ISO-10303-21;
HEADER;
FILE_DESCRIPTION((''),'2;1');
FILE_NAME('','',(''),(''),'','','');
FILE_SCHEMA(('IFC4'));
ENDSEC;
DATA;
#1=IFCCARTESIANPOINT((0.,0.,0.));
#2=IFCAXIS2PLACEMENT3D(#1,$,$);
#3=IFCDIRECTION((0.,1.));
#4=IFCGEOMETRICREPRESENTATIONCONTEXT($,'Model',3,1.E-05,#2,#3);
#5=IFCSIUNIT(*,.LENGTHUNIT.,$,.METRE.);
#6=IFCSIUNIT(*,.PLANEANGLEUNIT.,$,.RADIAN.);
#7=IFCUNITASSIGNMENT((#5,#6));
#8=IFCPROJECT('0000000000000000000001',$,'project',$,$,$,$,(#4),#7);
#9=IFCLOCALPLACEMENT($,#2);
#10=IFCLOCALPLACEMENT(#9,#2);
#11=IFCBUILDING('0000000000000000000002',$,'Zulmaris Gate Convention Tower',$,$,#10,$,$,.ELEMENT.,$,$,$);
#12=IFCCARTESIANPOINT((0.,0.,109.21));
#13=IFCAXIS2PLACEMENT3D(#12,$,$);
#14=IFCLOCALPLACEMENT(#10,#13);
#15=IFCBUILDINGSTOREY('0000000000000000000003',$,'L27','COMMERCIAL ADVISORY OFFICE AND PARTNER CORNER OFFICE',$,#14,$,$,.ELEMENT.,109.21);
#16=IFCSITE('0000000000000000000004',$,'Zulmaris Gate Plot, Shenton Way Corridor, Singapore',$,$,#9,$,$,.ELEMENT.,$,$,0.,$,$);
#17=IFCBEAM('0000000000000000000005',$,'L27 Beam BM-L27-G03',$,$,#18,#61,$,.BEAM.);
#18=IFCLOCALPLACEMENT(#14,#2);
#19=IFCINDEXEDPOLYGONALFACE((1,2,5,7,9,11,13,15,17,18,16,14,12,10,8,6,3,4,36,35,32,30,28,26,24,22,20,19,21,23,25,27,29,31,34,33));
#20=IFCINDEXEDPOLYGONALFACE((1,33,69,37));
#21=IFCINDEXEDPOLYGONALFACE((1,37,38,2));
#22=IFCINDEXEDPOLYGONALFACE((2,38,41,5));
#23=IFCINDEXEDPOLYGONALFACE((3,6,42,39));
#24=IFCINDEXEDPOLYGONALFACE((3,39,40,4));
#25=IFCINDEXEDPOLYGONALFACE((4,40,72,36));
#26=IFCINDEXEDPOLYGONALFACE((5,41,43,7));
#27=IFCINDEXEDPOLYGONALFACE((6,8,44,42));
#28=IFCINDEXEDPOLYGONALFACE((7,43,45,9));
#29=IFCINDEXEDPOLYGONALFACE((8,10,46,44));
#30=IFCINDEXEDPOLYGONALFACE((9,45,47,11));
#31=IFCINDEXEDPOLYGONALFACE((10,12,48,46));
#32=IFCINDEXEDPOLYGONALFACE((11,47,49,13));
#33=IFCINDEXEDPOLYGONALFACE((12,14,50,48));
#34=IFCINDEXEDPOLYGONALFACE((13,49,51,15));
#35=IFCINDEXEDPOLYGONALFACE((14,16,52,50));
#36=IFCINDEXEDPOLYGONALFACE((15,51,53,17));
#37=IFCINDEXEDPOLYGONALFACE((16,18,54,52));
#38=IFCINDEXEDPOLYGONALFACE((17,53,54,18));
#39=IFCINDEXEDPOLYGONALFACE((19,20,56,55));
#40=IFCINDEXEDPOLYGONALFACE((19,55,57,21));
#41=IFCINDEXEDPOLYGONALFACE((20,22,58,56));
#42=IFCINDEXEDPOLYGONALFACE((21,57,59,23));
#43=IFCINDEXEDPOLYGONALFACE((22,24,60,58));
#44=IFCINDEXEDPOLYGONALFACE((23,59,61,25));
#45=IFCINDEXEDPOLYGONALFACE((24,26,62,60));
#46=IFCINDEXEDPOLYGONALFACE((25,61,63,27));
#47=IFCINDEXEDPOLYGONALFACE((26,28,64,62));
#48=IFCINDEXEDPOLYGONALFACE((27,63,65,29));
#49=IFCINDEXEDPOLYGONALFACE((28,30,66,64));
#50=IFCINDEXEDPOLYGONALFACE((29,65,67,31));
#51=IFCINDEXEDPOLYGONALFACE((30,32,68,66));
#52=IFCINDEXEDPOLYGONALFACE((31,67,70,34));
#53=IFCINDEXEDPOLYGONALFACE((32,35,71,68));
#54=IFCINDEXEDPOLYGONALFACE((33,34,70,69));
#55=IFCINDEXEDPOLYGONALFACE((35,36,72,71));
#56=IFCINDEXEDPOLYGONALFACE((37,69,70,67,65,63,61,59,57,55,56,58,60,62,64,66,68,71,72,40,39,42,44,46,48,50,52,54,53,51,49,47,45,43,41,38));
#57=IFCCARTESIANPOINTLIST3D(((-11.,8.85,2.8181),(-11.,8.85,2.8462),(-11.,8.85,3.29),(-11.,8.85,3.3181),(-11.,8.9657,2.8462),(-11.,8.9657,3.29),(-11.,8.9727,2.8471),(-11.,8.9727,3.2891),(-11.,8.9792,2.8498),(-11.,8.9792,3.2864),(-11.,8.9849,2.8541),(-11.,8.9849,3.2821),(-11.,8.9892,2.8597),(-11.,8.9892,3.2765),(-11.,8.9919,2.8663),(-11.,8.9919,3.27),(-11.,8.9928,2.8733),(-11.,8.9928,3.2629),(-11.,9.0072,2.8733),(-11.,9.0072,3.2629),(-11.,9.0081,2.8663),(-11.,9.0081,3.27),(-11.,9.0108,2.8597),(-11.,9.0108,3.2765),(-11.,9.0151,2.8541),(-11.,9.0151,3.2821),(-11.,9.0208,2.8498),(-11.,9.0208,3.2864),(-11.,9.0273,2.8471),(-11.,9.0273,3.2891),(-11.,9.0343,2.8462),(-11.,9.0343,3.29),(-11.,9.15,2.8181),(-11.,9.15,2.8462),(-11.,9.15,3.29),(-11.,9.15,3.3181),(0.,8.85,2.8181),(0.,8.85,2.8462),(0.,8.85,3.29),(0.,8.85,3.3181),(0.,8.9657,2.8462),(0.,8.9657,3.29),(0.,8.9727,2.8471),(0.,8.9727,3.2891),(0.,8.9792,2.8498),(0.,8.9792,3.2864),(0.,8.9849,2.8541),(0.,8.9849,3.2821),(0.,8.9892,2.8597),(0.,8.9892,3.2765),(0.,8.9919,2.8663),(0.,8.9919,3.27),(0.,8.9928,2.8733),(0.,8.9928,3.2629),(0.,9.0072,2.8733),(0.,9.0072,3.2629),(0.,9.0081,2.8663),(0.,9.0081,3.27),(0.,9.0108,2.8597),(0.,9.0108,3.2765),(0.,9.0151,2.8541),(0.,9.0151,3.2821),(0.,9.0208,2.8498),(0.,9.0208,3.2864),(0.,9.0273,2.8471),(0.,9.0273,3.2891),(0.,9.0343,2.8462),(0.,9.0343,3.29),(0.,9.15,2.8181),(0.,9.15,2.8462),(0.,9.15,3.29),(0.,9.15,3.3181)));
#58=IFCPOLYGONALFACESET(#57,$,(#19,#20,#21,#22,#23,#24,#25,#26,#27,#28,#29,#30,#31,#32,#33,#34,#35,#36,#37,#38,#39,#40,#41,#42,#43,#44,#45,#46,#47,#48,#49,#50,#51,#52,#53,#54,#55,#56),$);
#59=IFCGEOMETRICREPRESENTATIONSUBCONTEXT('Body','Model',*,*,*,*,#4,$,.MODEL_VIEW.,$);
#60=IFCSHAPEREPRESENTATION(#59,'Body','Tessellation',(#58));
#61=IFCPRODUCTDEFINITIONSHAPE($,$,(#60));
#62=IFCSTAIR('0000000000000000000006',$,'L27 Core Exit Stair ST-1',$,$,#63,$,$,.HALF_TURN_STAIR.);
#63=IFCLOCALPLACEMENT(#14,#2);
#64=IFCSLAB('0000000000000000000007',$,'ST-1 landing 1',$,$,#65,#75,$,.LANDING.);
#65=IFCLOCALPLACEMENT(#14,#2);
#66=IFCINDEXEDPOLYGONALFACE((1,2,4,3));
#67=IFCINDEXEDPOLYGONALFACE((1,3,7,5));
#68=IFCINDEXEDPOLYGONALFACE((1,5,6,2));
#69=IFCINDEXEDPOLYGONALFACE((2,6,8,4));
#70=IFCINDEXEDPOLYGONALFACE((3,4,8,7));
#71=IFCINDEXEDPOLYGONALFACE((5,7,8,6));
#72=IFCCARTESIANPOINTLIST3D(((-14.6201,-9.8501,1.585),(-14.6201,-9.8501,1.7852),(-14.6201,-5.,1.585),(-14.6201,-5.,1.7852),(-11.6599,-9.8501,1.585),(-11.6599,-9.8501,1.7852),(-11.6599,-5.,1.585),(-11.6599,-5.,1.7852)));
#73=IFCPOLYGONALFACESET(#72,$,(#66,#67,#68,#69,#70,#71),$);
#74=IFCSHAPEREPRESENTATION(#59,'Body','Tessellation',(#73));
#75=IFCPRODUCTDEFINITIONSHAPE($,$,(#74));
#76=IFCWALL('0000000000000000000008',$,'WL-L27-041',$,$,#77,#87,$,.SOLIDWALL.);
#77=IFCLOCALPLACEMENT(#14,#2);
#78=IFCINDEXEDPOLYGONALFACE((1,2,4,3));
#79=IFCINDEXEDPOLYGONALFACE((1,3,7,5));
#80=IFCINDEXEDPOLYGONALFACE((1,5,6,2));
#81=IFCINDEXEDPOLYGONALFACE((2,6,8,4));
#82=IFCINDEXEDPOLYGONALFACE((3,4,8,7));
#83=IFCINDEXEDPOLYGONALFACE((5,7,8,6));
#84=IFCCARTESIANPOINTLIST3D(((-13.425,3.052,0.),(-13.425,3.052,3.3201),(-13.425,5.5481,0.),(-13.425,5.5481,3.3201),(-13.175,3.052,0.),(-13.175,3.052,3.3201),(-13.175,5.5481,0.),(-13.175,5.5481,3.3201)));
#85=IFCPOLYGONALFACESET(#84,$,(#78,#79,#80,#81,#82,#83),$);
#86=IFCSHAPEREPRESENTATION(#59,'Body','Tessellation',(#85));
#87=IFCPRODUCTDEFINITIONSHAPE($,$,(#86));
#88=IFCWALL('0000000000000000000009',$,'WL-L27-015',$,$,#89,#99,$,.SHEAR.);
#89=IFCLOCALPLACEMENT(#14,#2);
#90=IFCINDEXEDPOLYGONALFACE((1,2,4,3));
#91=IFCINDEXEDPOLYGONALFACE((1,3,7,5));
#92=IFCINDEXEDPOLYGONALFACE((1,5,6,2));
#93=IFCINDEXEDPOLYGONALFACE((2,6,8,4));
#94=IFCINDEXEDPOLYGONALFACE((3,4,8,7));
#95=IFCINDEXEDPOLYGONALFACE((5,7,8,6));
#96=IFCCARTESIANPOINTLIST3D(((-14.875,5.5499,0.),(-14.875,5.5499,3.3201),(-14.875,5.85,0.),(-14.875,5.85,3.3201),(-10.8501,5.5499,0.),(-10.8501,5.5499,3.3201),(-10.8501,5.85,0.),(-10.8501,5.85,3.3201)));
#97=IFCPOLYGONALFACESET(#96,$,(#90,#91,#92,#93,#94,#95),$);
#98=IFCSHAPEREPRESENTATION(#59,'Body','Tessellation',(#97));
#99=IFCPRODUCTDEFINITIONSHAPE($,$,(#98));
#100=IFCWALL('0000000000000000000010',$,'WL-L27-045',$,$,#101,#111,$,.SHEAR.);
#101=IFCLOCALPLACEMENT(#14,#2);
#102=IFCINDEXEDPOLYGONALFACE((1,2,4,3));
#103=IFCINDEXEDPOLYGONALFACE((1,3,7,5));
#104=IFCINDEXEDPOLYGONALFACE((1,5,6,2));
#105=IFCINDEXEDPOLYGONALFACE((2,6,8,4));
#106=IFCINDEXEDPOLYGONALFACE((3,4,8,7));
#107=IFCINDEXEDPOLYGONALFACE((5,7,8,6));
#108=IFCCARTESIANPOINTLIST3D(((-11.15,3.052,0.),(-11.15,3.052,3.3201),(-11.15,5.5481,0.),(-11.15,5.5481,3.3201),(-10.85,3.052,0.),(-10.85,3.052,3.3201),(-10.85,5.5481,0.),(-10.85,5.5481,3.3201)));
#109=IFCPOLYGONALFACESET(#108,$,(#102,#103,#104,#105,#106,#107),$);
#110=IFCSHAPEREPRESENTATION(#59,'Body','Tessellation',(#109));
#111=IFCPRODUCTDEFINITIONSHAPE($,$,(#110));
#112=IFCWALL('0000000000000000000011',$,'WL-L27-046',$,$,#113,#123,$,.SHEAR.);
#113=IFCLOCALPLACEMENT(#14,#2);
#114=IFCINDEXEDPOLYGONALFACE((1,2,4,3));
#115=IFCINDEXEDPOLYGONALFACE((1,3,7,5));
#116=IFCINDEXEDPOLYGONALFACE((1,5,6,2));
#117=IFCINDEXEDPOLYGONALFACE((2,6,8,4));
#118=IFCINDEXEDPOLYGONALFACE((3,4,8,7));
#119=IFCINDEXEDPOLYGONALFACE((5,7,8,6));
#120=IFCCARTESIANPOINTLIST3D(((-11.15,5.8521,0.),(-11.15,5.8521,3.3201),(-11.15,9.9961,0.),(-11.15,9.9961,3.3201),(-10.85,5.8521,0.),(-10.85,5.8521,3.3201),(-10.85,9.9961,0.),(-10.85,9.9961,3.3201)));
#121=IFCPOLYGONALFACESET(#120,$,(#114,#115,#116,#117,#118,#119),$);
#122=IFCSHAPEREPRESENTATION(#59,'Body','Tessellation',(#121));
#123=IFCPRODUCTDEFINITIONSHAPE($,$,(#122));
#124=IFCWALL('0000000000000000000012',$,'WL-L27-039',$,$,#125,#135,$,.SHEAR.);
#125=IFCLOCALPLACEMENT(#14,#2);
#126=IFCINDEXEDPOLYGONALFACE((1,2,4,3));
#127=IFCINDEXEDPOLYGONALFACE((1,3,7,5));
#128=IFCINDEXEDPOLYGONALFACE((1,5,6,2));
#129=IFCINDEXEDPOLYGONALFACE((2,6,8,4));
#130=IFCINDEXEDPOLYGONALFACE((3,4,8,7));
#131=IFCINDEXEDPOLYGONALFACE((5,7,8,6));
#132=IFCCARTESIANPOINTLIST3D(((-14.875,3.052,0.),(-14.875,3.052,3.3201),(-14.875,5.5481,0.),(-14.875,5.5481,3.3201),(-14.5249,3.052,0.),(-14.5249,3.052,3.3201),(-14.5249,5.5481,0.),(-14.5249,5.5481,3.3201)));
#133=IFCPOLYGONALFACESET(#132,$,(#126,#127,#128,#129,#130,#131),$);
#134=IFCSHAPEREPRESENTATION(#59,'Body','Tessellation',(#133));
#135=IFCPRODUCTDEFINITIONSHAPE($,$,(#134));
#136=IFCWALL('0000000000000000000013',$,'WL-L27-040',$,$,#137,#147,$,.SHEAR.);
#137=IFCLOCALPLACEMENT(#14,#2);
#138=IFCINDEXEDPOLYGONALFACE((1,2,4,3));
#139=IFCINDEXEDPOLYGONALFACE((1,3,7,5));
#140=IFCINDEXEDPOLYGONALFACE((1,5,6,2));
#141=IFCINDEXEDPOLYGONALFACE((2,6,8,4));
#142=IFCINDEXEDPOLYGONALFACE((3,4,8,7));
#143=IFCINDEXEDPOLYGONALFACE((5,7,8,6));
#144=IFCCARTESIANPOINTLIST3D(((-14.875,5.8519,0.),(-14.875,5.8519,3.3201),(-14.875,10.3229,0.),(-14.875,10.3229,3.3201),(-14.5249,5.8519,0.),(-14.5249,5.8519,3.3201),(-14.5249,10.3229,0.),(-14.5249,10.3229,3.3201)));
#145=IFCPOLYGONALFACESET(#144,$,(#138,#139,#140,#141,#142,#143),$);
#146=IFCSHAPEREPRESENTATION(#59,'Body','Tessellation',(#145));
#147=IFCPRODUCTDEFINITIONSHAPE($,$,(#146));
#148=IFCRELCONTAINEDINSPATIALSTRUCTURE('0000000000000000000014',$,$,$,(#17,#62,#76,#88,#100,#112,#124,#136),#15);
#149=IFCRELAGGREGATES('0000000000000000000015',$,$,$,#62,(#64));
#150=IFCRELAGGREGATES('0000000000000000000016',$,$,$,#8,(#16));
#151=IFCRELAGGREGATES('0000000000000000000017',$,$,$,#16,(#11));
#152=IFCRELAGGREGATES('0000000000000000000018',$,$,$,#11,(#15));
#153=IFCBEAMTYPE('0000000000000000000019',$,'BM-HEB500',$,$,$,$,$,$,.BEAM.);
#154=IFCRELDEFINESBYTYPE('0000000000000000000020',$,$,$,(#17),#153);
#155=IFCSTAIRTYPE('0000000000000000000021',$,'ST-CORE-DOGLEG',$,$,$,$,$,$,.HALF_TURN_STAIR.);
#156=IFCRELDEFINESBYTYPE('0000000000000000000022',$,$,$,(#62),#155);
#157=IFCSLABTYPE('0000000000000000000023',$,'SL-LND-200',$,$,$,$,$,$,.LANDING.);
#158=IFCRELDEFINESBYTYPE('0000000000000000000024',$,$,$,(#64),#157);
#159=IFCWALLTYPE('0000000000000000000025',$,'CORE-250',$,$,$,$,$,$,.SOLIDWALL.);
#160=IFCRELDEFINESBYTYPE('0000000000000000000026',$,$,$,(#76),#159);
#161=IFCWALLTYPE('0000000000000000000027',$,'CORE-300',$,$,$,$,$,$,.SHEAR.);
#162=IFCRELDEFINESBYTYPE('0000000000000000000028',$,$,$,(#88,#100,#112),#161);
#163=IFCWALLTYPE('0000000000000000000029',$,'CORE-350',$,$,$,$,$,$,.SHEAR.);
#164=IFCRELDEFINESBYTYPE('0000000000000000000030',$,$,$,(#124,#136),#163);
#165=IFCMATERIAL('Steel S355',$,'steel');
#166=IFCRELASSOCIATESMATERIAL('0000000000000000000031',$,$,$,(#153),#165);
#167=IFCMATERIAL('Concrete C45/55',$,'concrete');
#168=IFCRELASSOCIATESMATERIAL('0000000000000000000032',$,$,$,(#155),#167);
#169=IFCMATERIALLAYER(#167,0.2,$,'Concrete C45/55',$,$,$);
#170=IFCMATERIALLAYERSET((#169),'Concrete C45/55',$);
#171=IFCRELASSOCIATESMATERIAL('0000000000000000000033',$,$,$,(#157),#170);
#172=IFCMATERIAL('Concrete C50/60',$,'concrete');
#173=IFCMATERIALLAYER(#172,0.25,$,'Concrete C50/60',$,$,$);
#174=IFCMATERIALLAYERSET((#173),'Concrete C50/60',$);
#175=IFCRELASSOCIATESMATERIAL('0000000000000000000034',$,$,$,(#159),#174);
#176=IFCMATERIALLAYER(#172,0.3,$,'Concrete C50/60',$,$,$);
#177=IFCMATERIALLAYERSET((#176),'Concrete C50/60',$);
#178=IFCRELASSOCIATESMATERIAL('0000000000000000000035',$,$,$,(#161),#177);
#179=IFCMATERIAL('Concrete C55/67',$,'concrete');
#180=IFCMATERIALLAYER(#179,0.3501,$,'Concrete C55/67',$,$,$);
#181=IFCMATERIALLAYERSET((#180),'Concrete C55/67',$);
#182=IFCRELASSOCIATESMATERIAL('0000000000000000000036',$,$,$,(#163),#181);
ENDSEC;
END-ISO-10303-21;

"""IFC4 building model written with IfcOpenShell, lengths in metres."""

from ifc_helpers import new_model, si_unit, direction, frame, frame_2d, origin, origin_2d, place, context, subcontext, project, spatial, polyline, rectangle, i_section, outline, extrude, material, layer, layer_set, material_profile, profile_set, type_object, element, aggregate, save


model = new_model("IFC4")

# Units and contexts
model_context = context("Model", 3, precision=1e-05, world=origin(), true_north=direction((0.0, 1.0)))
body_context = subcontext(model_context, "Body", "Model", "MODEL_VIEW")
ifc_project = project(units=[si_unit("LENGTHUNIT", "METRE"), si_unit("PLANEANGLEUNIT", "RADIAN")], contexts=[model_context])

# Site, building, storey
site_placement = place(None, origin())
site = spatial("IfcSite", under=ifc_project, at=site_placement, Name="Zulmaris Gate Plot, Shenton Way Corridor, Singapore", CompositionType="ELEMENT", RefElevation=0.0)
building_placement = place(site_placement, origin())
building = spatial("IfcBuilding", under=site, at=building_placement, Name="Zulmaris Gate Convention Tower", CompositionType="ELEMENT")
storey_placement = place(building_placement, frame((0.0, 0.0, 109.21)))
storey = spatial("IfcBuildingStorey", under=building, at=storey_placement, Name="L27", Description="COMMERCIAL ADVISORY OFFICE AND PARTNER CORNER OFFICE", CompositionType="ELEMENT", Elevation=109.21)

# Beam
ifc_material_1 = material(Name="Steel S355", Category="steel")
ifc_material_profile = material_profile(ifc_material_1, i_section(OverallWidth=0.3, OverallDepth=0.5, WebThickness=0.0144, FlangeThickness=0.0281, FilletRadius=0.0271, at=origin_2d()), Name="HEB 500")
ifc_profile_set = profile_set([ifc_material_profile], Name="Steel S355")
beam_type = type_object("IfcBeamType", Name="BM-HEB500", PredefinedType="BEAM", material=ifc_profile_set)
beam_placement = place(storey_placement, frame((-11.0, 9.0, 3.0681), z_axis=(1.0, 0.0, 0.0), x_axis=(0.0, 1.0, 0.0)))
element("IfcBeam", 1, at=beam_placement, inside=storey, type_object=beam_type, Name="L27 Beam BM-L27-G03", PredefinedType="BEAM", context=body_context, shape_type="SweptSolid", body=[
    extrude(i_section(OverallWidth=0.3, OverallDepth=0.5, WebThickness=0.0144, FlangeThickness=0.0281, FilletRadius=0.0271, at=origin_2d()), origin(), (0.0, 0.0, 1.0), 11.0),
])

# Stair, slab
ifc_material_2 = material(Name="Concrete C45/55", Category="concrete")
stair_type = type_object("IfcStairType", Name="ST-CORE-DOGLEG", PredefinedType="HALF_TURN_STAIR", material=ifc_material_2)
stair_placement = place(storey_placement, origin())
stair = element("IfcStair", 2, at=stair_placement, inside=storey, type_object=stair_type, Name="L27 Core Exit Stair ST-1", PredefinedType="HALF_TURN_STAIR")
ifc_layer_1 = layer(ifc_material_2, 0.2, Name="Concrete C45/55")
ifc_layer_set_1 = layer_set([ifc_layer_1], Name="Concrete C45/55")
slab_type = type_object("IfcSlabType", Name="SL-LND-200", PredefinedType="LANDING", material=ifc_layer_set_1)
slab_placement = place(storey_placement, frame((0.0, 0.0, 1.585)))
slab = element("IfcSlab", 3, at=slab_placement, type_object=slab_type, Name="ST-1 landing 1", PredefinedType="LANDING", context=body_context, shape_type="SweptSolid", body=[
    extrude(outline(polyline([(-14.6201, -5.0), (-14.6201, -9.8501), (-11.6599, -9.8501), (-11.6599, -5.0), (-14.6201, -5.0)])), origin(), (0.0, 0.0, 1.0), 0.2002),
])
aggregate(stair, [slab])

# Walls
ifc_material_3 = material(Name="Concrete C50/60", Category="concrete")
ifc_layer_2 = layer(ifc_material_3, 0.25, Name="Concrete C50/60")
ifc_layer_set_2 = layer_set([ifc_layer_2], Name="Concrete C50/60")
wall_type_1 = type_object("IfcWallType", Name="CORE-250", PredefinedType="SOLIDWALL", material=ifc_layer_set_2)
wall_1_placement = place(storey_placement, frame((-13.3, 3.052, 0.0), z_axis=(0.0, 0.0, 1.0), x_axis=(0.0, 1.0, 0.0)))
element("IfcWall", 4, at=wall_1_placement, inside=storey, type_object=wall_type_1, Name="WL-L27-041", PredefinedType="SOLIDWALL", context=body_context, shape_type="SweptSolid", body=[
    extrude(rectangle(XDim=2.4961, YDim=0.25, at=frame_2d((1.248, 0.0))), origin(), (0.0, 0.0, 1.0), 3.3201),
])
ifc_layer_3 = layer(ifc_material_3, 0.3, Name="Concrete C50/60")
ifc_layer_set_3 = layer_set([ifc_layer_3], Name="Concrete C50/60")
wall_type_2 = type_object("IfcWallType", Name="CORE-300", PredefinedType="SHEAR", material=ifc_layer_set_3)
wall_2_placement = place(storey_placement, frame((-14.875, 5.7, 0.0), z_axis=(0.0, 0.0, 1.0), x_axis=(1.0, 0.0, 0.0)))
element("IfcWall", 5, at=wall_2_placement, inside=storey, type_object=wall_type_2, Name="WL-L27-015", PredefinedType="SHEAR", context=body_context, shape_type="SweptSolid", body=[
    extrude(rectangle(XDim=4.0249, YDim=0.3, at=frame_2d((2.0125, 0.0))), origin(), (0.0, 0.0, 1.0), 3.3201),
])

# Walls
wall_3_placement = place(storey_placement, frame((-11.0, 3.052, 0.0), z_axis=(0.0, 0.0, 1.0), x_axis=(0.0, 1.0, 0.0)))
element("IfcWall", 6, at=wall_3_placement, inside=storey, type_object=wall_type_2, Name="WL-L27-045", PredefinedType="SHEAR", context=body_context, shape_type="SweptSolid", body=[
    extrude(rectangle(XDim=2.4961, YDim=0.3, at=frame_2d((1.248, 0.0))), origin(), (0.0, 0.0, 1.0), 3.3201),
])
wall_4_placement = place(storey_placement, frame((-11.0, 5.8521, 0.0), z_axis=(0.0, 0.0, 1.0), x_axis=(0.0, 1.0, 0.0)))
element("IfcWall", 7, at=wall_4_placement, inside=storey, type_object=wall_type_2, Name="WL-L27-046", PredefinedType="SHEAR", context=body_context, shape_type="SweptSolid", body=[
    extrude(rectangle(XDim=4.144, YDim=0.3, at=frame_2d((2.072, 0.0))), origin(), (0.0, 0.0, 1.0), 3.3201),
])
ifc_material_4 = material(Name="Concrete C55/67", Category="concrete")
ifc_layer_4 = layer(ifc_material_4, 0.3501, Name="Concrete C55/67")
ifc_layer_set_4 = layer_set([ifc_layer_4], Name="Concrete C55/67")
wall_type_3 = type_object("IfcWallType", Name="CORE-350", PredefinedType="SHEAR", material=ifc_layer_set_4)
wall_5_placement = place(storey_placement, frame((-14.7, 3.052, 0.0), z_axis=(0.0, 0.0, 1.0), x_axis=(0.0, 1.0, 0.0)))
element("IfcWall", 8, at=wall_5_placement, inside=storey, type_object=wall_type_3, Name="WL-L27-039", PredefinedType="SHEAR", context=body_context, shape_type="SweptSolid", body=[
    extrude(rectangle(XDim=2.4961, YDim=0.3501, at=frame_2d((1.248, 0.0))), origin(), (0.0, 0.0, 1.0), 3.3201),
])
wall_6_placement = place(storey_placement, frame((-14.7, 5.8521, 0.0), z_axis=(0.0, 0.0, 1.0), x_axis=(0.0, 1.0, 0.0)))
element("IfcWall", 9, at=wall_6_placement, inside=storey, type_object=wall_type_3, Name="WL-L27-040", PredefinedType="SHEAR", context=body_context, shape_type="SweptSolid", body=[
    extrude(rectangle(XDim=4.4709, YDim=0.3501, at=frame_2d((2.2354, 0.0))), origin(), (0.0, 0.0, 1.0), 3.3201),
])

save(model, "model.ifc")
